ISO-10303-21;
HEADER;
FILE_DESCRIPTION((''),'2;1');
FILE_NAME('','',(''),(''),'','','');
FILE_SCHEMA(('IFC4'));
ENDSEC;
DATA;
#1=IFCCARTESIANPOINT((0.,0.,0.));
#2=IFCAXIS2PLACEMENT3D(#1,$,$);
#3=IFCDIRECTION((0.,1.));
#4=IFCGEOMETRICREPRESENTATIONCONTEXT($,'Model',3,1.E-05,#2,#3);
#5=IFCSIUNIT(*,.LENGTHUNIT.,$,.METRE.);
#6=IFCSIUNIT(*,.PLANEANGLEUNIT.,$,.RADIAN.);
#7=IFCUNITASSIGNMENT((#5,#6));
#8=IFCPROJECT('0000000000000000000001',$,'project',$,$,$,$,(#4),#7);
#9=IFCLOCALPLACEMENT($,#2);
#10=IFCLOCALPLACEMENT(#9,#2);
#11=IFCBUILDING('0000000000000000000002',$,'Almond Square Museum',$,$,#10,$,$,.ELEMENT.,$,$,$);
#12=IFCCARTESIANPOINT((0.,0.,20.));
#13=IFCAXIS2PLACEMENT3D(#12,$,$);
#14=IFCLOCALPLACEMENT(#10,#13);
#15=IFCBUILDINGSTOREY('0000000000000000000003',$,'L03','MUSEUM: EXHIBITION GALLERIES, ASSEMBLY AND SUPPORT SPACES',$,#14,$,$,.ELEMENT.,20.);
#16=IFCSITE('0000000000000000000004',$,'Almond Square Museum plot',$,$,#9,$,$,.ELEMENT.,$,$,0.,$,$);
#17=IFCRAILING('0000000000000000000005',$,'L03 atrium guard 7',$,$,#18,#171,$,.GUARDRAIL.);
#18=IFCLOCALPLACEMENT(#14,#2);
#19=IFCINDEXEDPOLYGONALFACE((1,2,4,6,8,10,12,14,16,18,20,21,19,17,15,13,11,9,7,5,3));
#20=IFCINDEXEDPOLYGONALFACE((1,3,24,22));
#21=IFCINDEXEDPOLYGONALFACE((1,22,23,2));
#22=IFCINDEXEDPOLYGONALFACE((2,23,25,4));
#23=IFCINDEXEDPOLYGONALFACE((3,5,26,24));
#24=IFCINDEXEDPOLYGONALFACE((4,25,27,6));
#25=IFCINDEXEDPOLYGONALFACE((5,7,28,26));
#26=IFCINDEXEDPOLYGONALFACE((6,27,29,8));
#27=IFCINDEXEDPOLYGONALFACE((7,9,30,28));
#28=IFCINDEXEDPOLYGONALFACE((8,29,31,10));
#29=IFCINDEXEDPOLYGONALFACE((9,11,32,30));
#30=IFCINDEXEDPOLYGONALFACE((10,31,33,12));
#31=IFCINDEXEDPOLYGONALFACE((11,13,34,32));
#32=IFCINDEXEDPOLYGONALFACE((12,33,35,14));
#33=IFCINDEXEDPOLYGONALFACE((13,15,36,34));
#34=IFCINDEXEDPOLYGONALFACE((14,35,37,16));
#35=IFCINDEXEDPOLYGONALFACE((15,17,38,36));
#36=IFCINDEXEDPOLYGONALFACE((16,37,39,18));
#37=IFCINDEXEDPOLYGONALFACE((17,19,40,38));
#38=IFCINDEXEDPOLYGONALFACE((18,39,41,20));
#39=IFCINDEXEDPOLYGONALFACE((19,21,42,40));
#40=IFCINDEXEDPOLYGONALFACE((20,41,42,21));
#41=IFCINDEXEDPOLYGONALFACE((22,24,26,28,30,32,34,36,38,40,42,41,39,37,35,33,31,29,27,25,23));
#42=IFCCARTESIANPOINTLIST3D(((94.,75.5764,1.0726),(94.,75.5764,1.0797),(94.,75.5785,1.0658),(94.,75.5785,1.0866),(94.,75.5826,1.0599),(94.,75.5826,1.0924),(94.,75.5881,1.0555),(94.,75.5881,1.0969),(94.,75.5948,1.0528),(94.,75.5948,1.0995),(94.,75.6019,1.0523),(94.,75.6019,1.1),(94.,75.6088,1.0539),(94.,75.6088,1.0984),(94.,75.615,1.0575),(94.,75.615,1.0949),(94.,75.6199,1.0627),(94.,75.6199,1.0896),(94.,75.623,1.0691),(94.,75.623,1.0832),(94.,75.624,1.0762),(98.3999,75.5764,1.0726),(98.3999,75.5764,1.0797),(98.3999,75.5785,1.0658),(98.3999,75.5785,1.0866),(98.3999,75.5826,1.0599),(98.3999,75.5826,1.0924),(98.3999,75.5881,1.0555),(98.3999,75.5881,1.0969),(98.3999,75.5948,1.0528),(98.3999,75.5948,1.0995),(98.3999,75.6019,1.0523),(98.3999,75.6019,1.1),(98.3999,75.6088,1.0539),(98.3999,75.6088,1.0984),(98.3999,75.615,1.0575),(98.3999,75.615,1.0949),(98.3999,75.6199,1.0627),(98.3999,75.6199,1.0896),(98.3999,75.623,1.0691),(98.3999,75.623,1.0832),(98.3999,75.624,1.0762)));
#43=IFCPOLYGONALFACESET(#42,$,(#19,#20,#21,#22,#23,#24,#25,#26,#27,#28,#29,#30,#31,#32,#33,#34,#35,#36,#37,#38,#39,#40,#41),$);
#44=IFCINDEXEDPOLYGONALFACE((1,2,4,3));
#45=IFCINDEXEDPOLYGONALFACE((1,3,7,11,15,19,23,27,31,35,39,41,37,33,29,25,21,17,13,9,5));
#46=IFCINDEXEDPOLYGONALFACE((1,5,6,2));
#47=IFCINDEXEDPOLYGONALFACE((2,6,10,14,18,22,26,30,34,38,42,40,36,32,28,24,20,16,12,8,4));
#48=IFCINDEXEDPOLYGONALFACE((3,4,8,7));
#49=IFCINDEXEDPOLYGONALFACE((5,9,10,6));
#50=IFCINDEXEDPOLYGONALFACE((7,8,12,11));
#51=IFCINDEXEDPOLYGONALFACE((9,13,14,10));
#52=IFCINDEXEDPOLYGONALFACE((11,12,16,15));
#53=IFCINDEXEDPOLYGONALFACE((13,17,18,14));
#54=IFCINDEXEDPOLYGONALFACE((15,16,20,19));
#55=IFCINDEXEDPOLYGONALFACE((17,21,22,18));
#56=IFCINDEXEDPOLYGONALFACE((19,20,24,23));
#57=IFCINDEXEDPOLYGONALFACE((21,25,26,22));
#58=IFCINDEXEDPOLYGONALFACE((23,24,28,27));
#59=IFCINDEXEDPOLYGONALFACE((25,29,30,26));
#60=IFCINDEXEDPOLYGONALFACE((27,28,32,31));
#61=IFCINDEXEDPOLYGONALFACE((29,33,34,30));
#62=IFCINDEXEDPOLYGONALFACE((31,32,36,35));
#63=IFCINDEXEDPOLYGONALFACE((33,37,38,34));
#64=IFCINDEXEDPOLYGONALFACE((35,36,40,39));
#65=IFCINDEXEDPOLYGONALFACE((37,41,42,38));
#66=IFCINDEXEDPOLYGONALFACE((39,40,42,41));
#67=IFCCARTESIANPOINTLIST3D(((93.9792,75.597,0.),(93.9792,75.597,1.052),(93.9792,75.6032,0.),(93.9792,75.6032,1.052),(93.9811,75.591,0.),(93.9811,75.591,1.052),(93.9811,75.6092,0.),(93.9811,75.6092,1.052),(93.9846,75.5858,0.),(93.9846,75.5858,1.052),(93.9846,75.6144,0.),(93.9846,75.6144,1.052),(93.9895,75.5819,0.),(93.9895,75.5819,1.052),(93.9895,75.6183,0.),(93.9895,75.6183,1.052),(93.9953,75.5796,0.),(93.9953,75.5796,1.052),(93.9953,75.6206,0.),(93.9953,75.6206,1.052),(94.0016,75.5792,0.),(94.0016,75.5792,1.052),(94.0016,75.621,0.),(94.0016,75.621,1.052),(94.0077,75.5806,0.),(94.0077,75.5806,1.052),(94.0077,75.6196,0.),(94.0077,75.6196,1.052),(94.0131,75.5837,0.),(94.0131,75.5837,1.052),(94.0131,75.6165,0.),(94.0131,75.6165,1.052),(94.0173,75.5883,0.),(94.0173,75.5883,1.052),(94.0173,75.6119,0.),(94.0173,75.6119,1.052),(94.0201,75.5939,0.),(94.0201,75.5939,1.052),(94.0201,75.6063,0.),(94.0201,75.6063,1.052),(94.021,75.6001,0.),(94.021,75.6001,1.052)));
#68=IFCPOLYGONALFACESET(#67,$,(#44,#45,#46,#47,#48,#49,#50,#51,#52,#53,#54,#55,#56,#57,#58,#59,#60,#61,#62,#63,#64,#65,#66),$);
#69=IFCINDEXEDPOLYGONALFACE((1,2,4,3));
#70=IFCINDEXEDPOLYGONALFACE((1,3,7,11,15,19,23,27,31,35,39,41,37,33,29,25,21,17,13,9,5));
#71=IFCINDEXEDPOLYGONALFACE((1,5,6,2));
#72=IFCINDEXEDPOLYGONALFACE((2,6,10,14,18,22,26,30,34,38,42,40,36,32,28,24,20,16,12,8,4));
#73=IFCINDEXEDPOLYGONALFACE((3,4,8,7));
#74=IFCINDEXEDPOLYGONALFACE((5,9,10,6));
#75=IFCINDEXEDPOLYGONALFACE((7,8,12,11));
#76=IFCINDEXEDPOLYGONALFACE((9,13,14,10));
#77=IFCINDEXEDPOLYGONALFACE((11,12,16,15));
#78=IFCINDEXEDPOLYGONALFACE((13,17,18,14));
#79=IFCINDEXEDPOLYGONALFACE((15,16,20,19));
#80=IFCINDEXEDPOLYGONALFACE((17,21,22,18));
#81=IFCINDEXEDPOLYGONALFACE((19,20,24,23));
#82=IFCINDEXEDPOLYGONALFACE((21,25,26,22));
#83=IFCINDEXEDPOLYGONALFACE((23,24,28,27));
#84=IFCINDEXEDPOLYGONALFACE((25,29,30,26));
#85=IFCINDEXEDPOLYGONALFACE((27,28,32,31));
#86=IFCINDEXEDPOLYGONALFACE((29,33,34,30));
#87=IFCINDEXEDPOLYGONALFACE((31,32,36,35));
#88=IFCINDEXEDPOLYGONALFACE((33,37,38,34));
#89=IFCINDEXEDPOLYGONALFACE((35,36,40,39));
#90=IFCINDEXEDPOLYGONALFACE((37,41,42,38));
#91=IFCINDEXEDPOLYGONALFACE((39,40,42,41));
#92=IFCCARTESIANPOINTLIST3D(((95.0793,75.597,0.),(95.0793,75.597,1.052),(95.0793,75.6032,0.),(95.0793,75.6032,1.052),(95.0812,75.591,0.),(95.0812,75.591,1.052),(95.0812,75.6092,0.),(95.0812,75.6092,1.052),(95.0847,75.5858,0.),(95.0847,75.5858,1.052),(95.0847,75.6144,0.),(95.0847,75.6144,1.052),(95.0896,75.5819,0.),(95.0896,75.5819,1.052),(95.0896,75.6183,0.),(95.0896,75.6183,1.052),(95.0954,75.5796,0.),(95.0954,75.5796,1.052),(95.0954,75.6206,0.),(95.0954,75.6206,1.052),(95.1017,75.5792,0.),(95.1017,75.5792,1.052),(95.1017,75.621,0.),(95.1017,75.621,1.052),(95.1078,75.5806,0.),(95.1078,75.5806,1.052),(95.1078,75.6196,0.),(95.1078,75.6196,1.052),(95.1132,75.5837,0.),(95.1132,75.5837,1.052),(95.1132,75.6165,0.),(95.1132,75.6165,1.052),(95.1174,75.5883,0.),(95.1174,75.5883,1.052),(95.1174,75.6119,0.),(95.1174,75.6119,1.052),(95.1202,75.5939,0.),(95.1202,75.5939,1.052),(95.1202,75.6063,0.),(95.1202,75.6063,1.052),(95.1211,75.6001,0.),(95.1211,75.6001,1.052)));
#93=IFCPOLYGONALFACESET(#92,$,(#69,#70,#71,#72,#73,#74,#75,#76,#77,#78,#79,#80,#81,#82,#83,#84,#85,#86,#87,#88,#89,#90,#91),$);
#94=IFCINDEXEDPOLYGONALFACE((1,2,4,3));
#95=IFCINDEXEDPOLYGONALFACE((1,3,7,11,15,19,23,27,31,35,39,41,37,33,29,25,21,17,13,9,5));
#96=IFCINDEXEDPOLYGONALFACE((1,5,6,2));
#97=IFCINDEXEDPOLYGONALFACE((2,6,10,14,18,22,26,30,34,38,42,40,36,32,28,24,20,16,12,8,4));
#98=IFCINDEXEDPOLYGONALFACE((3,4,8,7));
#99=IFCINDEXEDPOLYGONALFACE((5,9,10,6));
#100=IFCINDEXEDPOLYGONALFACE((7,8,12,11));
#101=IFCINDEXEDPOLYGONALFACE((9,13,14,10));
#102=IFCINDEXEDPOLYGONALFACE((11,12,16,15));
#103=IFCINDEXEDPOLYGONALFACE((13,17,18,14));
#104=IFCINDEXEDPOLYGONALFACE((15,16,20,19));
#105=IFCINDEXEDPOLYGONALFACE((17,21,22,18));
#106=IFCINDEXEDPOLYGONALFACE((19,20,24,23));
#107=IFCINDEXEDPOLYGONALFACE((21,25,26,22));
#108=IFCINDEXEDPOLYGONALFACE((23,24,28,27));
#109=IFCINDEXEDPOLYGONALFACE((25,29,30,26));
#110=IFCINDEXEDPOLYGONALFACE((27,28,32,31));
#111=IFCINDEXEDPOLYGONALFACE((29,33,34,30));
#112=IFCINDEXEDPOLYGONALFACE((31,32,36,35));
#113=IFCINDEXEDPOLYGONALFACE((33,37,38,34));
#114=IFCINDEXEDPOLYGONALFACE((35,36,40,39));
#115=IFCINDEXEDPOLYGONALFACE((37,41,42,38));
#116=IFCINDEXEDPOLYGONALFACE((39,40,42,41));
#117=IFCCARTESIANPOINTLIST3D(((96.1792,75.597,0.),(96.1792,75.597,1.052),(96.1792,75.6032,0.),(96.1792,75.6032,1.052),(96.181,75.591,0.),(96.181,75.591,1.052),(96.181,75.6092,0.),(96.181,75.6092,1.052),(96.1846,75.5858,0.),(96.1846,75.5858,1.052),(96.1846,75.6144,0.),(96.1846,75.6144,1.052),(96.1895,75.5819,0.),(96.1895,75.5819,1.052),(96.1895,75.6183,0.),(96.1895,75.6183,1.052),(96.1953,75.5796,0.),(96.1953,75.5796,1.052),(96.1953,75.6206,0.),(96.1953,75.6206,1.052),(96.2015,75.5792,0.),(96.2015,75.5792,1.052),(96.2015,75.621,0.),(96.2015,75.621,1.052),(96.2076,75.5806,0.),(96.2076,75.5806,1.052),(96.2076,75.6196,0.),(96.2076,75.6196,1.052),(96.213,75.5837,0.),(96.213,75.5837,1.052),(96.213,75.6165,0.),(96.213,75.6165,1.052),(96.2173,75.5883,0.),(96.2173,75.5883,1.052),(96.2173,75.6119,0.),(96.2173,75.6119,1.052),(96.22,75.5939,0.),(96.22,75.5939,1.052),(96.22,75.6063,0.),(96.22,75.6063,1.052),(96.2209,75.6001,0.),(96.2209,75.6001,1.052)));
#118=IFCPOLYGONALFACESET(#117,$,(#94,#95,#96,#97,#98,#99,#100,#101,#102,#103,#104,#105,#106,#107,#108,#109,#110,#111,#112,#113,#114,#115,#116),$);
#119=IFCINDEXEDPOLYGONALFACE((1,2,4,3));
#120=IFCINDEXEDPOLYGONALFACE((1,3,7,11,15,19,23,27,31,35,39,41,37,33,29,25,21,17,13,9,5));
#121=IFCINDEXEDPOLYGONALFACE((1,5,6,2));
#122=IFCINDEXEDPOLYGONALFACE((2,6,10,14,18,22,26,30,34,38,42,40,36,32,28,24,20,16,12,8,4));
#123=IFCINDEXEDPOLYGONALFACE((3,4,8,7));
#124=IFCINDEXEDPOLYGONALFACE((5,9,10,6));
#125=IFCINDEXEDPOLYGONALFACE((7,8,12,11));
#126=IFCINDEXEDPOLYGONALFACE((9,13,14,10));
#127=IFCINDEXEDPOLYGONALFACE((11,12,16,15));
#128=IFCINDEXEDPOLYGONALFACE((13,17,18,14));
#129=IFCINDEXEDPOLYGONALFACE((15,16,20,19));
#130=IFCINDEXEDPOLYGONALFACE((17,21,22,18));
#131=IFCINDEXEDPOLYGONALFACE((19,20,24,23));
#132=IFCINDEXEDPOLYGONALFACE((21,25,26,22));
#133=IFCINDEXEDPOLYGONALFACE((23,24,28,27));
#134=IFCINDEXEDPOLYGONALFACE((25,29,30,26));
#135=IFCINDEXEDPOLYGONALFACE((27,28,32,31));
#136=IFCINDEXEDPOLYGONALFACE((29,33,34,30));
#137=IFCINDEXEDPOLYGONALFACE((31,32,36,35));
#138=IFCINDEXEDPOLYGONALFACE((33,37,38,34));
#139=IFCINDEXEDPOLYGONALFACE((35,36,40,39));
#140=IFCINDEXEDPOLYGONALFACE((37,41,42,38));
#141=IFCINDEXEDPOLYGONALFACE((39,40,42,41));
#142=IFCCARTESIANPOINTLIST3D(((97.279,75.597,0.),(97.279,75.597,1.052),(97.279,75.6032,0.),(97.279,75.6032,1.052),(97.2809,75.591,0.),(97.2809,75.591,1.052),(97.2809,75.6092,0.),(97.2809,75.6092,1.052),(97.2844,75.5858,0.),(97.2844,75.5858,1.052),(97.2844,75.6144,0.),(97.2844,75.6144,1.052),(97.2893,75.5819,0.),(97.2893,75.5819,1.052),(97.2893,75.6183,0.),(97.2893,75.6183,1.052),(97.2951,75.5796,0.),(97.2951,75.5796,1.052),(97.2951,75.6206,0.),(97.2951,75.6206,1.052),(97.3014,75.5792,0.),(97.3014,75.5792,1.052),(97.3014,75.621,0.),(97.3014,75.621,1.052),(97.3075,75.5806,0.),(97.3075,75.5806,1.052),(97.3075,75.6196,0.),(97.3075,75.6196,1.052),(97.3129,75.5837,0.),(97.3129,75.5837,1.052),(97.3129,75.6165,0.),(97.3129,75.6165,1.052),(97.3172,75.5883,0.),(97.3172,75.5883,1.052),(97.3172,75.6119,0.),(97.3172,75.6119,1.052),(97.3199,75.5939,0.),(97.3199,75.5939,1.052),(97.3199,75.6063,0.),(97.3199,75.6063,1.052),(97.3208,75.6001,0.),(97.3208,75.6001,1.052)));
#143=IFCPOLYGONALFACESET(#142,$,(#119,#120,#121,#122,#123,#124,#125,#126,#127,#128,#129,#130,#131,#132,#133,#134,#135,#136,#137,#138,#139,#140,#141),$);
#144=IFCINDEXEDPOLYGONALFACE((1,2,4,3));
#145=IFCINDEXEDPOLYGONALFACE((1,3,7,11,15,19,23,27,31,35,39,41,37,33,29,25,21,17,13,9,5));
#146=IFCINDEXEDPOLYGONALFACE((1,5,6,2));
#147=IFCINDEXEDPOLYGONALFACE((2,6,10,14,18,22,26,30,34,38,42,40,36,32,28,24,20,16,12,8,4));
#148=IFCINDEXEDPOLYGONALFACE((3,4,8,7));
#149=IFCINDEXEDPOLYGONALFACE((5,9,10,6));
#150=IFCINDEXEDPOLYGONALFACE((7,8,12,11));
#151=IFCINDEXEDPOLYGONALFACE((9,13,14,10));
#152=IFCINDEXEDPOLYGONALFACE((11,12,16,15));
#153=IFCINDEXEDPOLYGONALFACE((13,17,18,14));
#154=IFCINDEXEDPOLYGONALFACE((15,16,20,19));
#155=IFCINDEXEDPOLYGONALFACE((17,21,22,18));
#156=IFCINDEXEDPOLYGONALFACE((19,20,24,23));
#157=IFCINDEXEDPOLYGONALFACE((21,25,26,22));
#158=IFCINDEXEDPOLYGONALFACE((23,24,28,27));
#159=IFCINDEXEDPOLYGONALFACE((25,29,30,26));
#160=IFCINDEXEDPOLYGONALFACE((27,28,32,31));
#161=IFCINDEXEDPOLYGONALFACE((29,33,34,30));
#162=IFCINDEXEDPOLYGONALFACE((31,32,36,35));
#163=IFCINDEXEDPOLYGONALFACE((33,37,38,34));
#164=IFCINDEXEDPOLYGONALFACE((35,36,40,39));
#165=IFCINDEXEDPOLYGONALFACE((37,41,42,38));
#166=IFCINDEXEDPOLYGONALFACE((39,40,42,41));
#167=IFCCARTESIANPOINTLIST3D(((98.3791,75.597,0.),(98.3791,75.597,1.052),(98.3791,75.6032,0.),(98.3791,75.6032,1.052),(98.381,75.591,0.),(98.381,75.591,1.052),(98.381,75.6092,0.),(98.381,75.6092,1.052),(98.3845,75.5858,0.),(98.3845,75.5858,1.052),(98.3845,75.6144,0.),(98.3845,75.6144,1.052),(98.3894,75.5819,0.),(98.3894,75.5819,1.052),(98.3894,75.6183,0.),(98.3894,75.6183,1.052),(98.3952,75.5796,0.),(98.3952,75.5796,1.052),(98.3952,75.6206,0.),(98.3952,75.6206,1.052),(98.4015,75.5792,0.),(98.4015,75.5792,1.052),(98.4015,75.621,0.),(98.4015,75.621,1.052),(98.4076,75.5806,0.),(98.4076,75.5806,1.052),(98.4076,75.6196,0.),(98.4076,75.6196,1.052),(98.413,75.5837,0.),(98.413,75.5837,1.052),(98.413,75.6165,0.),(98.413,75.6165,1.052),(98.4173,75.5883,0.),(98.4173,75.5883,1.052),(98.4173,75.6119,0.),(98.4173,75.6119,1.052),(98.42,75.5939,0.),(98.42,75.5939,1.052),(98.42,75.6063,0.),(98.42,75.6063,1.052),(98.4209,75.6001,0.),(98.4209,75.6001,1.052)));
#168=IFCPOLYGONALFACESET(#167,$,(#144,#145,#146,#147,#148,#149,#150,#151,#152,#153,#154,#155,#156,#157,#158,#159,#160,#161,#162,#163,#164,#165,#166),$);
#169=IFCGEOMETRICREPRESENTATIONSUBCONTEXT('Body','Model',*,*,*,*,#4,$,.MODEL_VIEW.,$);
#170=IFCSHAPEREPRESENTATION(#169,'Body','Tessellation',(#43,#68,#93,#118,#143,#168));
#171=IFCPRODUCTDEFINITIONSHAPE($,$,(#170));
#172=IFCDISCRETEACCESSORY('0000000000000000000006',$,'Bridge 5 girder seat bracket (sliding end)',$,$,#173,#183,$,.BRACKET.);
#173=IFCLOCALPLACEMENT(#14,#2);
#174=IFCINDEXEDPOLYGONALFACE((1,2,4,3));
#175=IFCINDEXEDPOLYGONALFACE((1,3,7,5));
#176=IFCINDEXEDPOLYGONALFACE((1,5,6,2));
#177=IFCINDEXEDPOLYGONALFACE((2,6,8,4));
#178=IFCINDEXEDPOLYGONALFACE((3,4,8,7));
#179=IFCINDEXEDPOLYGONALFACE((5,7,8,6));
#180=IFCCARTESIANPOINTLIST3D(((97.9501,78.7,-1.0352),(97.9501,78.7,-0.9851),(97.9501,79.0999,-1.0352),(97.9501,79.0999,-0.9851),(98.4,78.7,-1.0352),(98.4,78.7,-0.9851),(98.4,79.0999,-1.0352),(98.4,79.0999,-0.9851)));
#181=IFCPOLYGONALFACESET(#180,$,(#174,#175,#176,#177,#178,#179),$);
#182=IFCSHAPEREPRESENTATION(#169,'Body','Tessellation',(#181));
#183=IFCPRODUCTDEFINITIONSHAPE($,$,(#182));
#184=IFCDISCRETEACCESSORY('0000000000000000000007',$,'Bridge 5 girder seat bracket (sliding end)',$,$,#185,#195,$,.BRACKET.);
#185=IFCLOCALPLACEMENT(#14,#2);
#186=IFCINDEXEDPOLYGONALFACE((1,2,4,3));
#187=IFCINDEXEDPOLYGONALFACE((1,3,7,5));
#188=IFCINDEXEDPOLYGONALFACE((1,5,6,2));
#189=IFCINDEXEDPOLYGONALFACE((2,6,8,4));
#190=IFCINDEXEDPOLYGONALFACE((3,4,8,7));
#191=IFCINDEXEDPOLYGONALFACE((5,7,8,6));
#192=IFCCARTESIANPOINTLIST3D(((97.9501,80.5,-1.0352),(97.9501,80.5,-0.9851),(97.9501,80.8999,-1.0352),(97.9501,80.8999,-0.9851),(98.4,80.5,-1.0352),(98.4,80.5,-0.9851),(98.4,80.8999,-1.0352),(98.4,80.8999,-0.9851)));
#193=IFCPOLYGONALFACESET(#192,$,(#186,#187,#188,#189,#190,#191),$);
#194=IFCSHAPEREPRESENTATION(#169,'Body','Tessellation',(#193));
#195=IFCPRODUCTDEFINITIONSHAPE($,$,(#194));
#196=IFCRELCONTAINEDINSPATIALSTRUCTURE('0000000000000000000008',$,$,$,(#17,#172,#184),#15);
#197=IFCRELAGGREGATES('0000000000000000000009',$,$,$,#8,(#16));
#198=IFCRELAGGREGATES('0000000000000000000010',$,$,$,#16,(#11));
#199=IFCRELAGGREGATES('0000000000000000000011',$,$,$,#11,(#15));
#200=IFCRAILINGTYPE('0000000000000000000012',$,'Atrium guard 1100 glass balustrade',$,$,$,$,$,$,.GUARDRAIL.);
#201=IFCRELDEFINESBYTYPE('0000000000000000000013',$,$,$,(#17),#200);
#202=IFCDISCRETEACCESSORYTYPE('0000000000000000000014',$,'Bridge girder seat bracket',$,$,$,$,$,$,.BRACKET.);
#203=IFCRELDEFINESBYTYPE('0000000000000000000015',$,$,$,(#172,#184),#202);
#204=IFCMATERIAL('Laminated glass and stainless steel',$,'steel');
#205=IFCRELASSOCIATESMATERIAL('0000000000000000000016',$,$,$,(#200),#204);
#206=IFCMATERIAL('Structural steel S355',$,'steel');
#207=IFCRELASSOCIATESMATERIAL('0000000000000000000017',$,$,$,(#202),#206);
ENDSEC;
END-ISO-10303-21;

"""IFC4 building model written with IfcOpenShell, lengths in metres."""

from ifc_helpers import new_model, si_unit, direction, frame, origin, origin_2d, place, context, subcontext, project, spatial, rectangle, circle, extrude, material, type_object, element, save


model = new_model("IFC4")

# Units and contexts
model_context = context("Model", 3, precision=1e-05, world=origin(), true_north=direction((0.0, 1.0)))
body_context = subcontext(model_context, "Body", "Model", "MODEL_VIEW")
ifc_project = project(units=[si_unit("LENGTHUNIT", "METRE"), si_unit("PLANEANGLEUNIT", "RADIAN")], contexts=[model_context])

# Site, building, storey
site_placement = place(None, origin())
site = spatial("IfcSite", under=ifc_project, at=site_placement, Name="Almond Square Museum plot", CompositionType="ELEMENT", RefElevation=0.0)
building_placement = place(site_placement, origin())
building = spatial("IfcBuilding", under=site, at=building_placement, Name="Almond Square Museum", CompositionType="ELEMENT")
storey_placement = place(building_placement, frame((0.0, 0.0, 20.0)))
storey = spatial("IfcBuildingStorey", under=building, at=storey_placement, Name="L03", Description="MUSEUM: EXHIBITION GALLERIES, ASSEMBLY AND SUPPORT SPACES", CompositionType="ELEMENT", Elevation=20.0)

# Railing
ifc_material_1 = material(Name="Laminated glass and stainless steel", Category="steel")
railing_type = type_object("IfcRailingType", Name="Atrium guard 1100 glass balustrade", PredefinedType="GUARDRAIL", material=ifc_material_1)
railing_1_placement = place(storey_placement, frame((94.0, 75.6001, 0.0)))
element("IfcRailing", 1, at=railing_1_placement, inside=storey, type_object=railing_type, Name="L03 atrium guard 7", PredefinedType="GUARDRAIL", context=body_context, shape_type="SweptSolid", body=[
    extrude(circle(Radius=0.0239, at=origin_2d()), frame((0.0, 0.0, 1.0762), z_axis=(1.0, 0.0, 0.0), x_axis=(0.0, 1.0, 0.0)), (0.0, 0.0, 1.0), 4.3999),
    extrude(circle(Radius=0.021, at=origin_2d()), origin(), (0.0, 0.0, 1.0), 1.052),
    extrude(circle(Radius=0.021, at=origin_2d()), frame((1.1001, 0.0, 0.0)), (0.0, 0.0, 1.0), 1.052),
    extrude(circle(Radius=0.021, at=origin_2d()), frame((2.2, 0.0, 0.0)), (0.0, 0.0, 1.0), 1.052),
    extrude(circle(Radius=0.021, at=origin_2d()), frame((3.2998, 0.0, 0.0)), (0.0, 0.0, 1.0), 1.052),
    extrude(circle(Radius=0.021, at=origin_2d()), frame((4.3999, 0.0, 0.0)), (0.0, 0.0, 1.0), 1.052),
])

# Discrete accessories
ifc_material_2 = material(Name="Structural steel S355", Category="steel")
discrete_accessory_type = type_object("IfcDiscreteAccessoryType", Name="Bridge girder seat bracket", PredefinedType="BRACKET", material=ifc_material_2)
for number, where, z_axis, x_axis, name in (
    (2, (98.175, 78.8999, -1.0352), (0.0, 0.0, 1.0), (1.0, 0.0, 0.0), "Bridge 5 girder seat bracket (sliding end)"),
    (3, (98.175, 80.7, -1.0352), (0.0, 0.0, 1.0), (1.0, 0.0, 0.0), "Bridge 5 girder seat bracket (sliding end)"),
):
    element("IfcDiscreteAccessory", number, at=place(storey_placement, frame(where, z_axis=z_axis, x_axis=x_axis)), inside=storey, type_object=discrete_accessory_type, Name=name, PredefinedType="BRACKET", context=body_context, shape_type="SweptSolid", body=[
        extrude(rectangle(XDim=0.45, YDim=0.3999, at=origin_2d()), origin(), (0.0, 0.0, 1.0), 0.05),
    ])

save(model, "model.ifc")
